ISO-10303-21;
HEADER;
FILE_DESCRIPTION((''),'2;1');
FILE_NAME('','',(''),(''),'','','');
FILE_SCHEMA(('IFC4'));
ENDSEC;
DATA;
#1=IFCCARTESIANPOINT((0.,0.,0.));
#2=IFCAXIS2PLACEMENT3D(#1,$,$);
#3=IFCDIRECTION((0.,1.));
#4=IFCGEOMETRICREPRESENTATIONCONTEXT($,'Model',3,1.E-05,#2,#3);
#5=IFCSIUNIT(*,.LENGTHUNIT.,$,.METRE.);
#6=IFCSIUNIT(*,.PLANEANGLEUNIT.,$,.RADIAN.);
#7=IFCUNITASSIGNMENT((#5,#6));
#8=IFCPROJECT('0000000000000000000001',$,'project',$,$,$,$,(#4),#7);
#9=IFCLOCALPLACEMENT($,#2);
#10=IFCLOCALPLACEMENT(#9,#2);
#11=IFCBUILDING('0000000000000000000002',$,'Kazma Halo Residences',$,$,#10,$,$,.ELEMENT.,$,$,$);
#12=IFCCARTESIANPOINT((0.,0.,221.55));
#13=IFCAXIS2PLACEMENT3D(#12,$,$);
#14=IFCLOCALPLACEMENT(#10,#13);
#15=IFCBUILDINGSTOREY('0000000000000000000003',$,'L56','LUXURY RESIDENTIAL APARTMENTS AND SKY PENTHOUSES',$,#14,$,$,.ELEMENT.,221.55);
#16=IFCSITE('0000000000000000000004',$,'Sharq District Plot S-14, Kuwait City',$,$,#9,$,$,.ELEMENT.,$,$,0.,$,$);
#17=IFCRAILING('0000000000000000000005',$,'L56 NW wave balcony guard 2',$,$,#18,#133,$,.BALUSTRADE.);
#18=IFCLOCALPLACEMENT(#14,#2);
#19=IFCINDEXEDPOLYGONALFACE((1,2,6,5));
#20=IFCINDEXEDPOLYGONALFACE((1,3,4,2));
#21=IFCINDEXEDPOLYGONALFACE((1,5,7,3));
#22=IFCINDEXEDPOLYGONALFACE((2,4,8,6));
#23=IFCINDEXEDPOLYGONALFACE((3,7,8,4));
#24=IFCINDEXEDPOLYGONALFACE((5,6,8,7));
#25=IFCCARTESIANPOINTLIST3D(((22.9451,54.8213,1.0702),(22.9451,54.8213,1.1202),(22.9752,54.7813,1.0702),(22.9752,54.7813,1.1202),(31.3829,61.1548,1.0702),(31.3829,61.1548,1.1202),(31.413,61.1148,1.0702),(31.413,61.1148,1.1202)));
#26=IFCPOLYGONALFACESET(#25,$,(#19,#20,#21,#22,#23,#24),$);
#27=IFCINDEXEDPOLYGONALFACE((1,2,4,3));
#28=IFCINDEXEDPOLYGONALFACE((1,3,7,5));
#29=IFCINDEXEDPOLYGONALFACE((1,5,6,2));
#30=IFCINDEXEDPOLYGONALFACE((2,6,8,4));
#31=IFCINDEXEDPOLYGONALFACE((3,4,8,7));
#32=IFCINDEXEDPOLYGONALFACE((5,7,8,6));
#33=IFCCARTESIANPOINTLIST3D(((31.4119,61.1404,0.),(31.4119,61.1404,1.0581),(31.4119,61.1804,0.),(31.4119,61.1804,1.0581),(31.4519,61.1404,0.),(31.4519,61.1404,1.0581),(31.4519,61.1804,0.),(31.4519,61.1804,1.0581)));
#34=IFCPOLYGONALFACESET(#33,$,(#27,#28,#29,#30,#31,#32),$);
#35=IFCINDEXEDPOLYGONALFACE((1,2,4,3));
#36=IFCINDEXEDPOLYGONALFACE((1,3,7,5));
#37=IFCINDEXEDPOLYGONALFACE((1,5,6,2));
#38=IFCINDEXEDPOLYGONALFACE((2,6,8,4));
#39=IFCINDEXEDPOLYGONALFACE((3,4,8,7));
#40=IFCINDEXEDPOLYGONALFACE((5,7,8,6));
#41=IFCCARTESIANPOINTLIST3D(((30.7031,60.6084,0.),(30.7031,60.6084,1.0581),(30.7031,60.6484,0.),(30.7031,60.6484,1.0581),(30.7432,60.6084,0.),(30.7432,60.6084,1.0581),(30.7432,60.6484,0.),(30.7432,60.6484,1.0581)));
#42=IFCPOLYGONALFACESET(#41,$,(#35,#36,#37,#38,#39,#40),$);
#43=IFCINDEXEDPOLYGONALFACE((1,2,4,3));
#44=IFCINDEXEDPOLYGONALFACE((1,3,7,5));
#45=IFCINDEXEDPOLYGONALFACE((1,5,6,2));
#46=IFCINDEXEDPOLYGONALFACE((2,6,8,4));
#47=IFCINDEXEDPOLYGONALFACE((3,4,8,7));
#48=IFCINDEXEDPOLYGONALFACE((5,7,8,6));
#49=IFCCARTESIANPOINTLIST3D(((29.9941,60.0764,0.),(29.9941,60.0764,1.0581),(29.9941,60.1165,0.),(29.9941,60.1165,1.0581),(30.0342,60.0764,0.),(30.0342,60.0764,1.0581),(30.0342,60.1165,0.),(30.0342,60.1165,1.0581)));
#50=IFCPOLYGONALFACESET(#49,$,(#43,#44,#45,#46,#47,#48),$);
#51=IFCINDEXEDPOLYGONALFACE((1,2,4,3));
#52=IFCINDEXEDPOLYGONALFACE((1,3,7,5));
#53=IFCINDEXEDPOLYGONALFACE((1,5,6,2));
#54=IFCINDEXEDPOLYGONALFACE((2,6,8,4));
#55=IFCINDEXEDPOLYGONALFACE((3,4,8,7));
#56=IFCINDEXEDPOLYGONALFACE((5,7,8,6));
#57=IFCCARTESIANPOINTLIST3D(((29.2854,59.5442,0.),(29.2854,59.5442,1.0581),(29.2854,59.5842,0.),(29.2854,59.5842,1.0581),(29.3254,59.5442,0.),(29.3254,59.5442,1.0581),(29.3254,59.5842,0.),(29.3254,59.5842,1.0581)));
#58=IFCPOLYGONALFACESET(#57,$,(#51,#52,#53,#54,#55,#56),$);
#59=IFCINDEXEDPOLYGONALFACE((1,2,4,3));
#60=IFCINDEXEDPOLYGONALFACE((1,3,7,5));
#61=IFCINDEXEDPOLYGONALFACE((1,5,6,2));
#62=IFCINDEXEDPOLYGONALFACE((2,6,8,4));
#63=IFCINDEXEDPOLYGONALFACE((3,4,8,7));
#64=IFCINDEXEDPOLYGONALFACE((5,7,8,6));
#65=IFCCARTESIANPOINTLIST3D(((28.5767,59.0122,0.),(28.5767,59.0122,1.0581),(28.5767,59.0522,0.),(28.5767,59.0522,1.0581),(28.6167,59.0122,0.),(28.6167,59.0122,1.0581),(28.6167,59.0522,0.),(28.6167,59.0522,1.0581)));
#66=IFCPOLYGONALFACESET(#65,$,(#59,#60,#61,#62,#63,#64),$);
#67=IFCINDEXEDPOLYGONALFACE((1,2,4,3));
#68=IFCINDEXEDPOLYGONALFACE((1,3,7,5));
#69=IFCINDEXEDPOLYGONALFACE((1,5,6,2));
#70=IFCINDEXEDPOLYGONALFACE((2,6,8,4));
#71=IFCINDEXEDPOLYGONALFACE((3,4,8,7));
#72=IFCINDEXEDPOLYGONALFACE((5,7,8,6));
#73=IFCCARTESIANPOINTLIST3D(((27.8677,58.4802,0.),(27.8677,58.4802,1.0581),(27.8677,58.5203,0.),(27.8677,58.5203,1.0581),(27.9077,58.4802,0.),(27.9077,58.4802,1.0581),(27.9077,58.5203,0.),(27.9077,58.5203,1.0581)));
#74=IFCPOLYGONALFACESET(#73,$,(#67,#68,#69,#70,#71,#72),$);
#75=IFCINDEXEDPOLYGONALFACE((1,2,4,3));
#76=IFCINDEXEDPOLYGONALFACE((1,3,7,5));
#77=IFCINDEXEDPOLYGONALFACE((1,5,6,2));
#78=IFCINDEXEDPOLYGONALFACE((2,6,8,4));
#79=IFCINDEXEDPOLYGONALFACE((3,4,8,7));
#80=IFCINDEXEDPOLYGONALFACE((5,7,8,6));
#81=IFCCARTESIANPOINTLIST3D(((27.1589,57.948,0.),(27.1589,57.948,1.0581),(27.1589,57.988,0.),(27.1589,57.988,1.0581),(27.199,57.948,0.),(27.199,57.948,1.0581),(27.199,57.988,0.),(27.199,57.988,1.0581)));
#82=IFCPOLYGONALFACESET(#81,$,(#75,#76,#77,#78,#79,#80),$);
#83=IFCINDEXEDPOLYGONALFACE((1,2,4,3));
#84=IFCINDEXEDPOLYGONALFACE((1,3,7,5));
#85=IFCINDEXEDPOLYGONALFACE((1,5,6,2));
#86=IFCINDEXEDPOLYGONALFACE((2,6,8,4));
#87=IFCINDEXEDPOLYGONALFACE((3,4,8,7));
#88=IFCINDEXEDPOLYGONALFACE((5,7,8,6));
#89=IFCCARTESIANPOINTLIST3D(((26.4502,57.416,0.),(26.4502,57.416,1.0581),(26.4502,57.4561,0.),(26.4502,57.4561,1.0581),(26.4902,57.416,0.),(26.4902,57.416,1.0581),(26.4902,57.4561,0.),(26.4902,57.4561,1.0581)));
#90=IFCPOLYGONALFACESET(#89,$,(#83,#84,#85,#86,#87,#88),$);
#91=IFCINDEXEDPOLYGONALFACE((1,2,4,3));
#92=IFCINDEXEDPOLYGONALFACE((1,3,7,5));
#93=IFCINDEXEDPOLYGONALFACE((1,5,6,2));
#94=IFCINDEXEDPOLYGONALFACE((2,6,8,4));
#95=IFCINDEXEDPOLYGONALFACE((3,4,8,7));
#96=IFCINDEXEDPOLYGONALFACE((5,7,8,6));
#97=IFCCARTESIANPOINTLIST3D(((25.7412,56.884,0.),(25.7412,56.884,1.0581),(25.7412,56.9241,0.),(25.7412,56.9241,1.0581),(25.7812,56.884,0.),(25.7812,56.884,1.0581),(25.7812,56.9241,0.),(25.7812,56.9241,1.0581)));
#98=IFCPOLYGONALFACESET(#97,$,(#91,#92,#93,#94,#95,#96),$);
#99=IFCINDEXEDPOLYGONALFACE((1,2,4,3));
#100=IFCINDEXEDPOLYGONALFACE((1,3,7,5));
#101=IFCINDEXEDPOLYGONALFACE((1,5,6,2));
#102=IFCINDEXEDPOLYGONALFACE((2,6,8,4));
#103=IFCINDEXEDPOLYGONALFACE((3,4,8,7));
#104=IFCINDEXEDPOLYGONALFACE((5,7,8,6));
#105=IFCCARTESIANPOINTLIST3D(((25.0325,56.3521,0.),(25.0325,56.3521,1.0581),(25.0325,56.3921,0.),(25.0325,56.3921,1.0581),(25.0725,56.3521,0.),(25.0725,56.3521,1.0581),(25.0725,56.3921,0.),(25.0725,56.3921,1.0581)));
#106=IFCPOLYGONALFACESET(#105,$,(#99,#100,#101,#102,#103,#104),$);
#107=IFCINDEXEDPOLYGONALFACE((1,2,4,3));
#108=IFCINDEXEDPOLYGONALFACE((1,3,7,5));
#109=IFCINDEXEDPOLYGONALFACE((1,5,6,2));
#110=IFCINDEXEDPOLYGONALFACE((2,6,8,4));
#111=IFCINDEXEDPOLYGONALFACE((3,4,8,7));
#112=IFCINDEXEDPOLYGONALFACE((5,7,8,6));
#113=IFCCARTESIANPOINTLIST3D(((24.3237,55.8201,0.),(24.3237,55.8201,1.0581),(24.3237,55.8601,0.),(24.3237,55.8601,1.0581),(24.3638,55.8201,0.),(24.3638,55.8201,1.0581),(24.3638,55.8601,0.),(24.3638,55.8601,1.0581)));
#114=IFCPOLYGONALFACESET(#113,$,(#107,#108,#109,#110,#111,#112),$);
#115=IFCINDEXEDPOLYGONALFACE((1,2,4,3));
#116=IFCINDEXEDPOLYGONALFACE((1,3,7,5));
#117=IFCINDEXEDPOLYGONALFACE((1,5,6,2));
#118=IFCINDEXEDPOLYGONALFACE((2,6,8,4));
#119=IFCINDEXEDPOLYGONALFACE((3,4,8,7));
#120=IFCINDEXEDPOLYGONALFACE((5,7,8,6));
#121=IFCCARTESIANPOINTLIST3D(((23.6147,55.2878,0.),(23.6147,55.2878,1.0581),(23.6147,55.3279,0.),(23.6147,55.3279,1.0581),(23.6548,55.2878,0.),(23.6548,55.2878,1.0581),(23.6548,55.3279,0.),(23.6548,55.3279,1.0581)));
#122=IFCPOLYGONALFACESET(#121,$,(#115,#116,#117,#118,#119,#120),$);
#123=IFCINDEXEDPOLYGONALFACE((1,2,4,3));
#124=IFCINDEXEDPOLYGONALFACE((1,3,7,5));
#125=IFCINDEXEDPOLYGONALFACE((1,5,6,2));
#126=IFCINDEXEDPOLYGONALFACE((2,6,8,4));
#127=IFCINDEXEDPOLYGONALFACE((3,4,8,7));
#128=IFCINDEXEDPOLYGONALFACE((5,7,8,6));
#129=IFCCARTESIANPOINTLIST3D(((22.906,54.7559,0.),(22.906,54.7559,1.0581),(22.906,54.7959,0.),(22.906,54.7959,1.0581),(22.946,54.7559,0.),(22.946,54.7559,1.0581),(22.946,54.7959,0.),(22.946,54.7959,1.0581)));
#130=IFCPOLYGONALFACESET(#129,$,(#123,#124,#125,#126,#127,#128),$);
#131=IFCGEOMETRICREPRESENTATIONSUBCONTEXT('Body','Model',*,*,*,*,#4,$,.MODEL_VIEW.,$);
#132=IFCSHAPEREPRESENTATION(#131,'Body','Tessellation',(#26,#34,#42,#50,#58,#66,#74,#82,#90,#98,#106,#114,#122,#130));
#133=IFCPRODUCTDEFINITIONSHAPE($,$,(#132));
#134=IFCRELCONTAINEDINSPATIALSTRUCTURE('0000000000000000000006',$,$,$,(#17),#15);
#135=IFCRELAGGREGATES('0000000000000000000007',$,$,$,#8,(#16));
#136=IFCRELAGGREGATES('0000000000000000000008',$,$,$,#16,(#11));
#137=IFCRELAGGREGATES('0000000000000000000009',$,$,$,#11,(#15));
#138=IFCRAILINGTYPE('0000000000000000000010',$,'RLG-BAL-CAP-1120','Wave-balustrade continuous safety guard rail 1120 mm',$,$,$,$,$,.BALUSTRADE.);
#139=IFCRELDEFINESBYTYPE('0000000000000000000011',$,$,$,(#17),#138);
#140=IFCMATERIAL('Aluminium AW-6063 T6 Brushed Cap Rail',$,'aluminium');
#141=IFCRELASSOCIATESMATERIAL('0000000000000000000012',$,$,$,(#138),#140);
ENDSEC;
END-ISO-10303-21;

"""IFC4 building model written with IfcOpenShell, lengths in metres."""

from ifc_helpers import new_model, si_unit, direction, frame, origin, origin_2d, place, context, subcontext, project, spatial, rectangle, extrude, material, type_object, element, save


model = new_model("IFC4")

# Units and contexts
model_context = context("Model", 3, precision=1e-05, world=origin(), true_north=direction((0.0, 1.0)))
body_context = subcontext(model_context, "Body", "Model", "MODEL_VIEW")
ifc_project = project(units=[si_unit("LENGTHUNIT", "METRE"), si_unit("PLANEANGLEUNIT", "RADIAN")], contexts=[model_context])

# Site, building, storey
site_placement = place(None, origin())
site = spatial("IfcSite", under=ifc_project, at=site_placement, Name="Sharq District Plot S-14, Kuwait City", CompositionType="ELEMENT", RefElevation=0.0)
building_placement = place(site_placement, origin())
building = spatial("IfcBuilding", under=site, at=building_placement, Name="Kazma Halo Residences", CompositionType="ELEMENT")
storey_placement = place(building_placement, frame((0.0, 0.0, 221.55)))
storey = spatial("IfcBuildingStorey", under=building, at=storey_placement, Name="L56", Description="LUXURY RESIDENTIAL APARTMENTS AND SKY PENTHOUSES", CompositionType="ELEMENT", Elevation=221.55)

# Railing
ifc_material_1 = material(Name="Aluminium AW-6063 T6 Brushed Cap Rail", Category="aluminium")
railing_type = type_object("IfcRailingType", Name="RLG-BAL-CAP-1120", Description="Wave-balustrade continuous safety guard rail 1120 mm", PredefinedType="BALUSTRADE", material=ifc_material_1)
railing_1_placement = place(storey_placement, frame((31.4319, 61.1604, 0.0)))
element("IfcRailing", 1, at=railing_1_placement, inside=storey, type_object=railing_type, Name="L56 NW wave balcony guard 2", PredefinedType="BALUSTRADE", context=body_context, shape_type="SweptSolid", body=[
    extrude(rectangle(XDim=0.05, YDim=0.05, at=origin_2d()), frame((-0.0339, -0.0256, 1.0952), z_axis=(-0.799769, -0.600308, 0.0), x_axis=(0.600308, -0.799769, 0.0)), (0.0, 0.0, 1.0), 10.5503),
    extrude(rectangle(XDim=0.04, YDim=0.04, at=origin_2d()), origin(), (0.0, 0.0, 1.0), 1.0581),
    extrude(rectangle(XDim=0.04, YDim=0.04, at=origin_2d()), frame((-0.7087, -0.532, 0.0)), (0.0, 0.0, 1.0), 1.0581),
    extrude(rectangle(XDim=0.04, YDim=0.04, at=origin_2d()), frame((-1.4177, -1.064, 0.0)), (0.0, 0.0, 1.0), 1.0581),
    extrude(rectangle(XDim=0.04, YDim=0.04, at=origin_2d()), frame((-2.1265, -1.5962, 0.0)), (0.0, 0.0, 1.0), 1.0581),
    extrude(rectangle(XDim=0.04, YDim=0.04, at=origin_2d()), frame((-2.8352, -2.1282, 0.0)), (0.0, 0.0, 1.0), 1.0581),
    extrude(rectangle(XDim=0.04, YDim=0.04, at=origin_2d()), frame((-3.5442, -2.6602, 0.0)), (0.0, 0.0, 1.0), 1.0581),
    extrude(rectangle(XDim=0.04, YDim=0.04, at=origin_2d()), frame((-4.2529, -3.1924, 0.0)), (0.0, 0.0, 1.0), 1.0581),
    extrude(rectangle(XDim=0.04, YDim=0.04, at=origin_2d()), frame((-4.9617, -3.7244, 0.0)), (0.0, 0.0, 1.0), 1.0581),
    extrude(rectangle(XDim=0.04, YDim=0.04, at=origin_2d()), frame((-5.6707, -4.2563, 0.0)), (0.0, 0.0, 1.0), 1.0581),
    extrude(rectangle(XDim=0.04, YDim=0.04, at=origin_2d()), frame((-6.3794, -4.7883, 0.0)), (0.0, 0.0, 1.0), 1.0581),
    extrude(rectangle(XDim=0.04, YDim=0.04, at=origin_2d()), frame((-7.0881, -5.3203, 0.0)), (0.0, 0.0, 1.0), 1.0581),
    extrude(rectangle(XDim=0.04, YDim=0.04, at=origin_2d()), frame((-7.7971, -5.8525, 0.0)), (0.0, 0.0, 1.0), 1.0581),
    extrude(rectangle(XDim=0.04, YDim=0.04, at=origin_2d()), frame((-8.5059, -6.3845, 0.0)), (0.0, 0.0, 1.0), 1.0581),
])

save(model, "model.ifc")
